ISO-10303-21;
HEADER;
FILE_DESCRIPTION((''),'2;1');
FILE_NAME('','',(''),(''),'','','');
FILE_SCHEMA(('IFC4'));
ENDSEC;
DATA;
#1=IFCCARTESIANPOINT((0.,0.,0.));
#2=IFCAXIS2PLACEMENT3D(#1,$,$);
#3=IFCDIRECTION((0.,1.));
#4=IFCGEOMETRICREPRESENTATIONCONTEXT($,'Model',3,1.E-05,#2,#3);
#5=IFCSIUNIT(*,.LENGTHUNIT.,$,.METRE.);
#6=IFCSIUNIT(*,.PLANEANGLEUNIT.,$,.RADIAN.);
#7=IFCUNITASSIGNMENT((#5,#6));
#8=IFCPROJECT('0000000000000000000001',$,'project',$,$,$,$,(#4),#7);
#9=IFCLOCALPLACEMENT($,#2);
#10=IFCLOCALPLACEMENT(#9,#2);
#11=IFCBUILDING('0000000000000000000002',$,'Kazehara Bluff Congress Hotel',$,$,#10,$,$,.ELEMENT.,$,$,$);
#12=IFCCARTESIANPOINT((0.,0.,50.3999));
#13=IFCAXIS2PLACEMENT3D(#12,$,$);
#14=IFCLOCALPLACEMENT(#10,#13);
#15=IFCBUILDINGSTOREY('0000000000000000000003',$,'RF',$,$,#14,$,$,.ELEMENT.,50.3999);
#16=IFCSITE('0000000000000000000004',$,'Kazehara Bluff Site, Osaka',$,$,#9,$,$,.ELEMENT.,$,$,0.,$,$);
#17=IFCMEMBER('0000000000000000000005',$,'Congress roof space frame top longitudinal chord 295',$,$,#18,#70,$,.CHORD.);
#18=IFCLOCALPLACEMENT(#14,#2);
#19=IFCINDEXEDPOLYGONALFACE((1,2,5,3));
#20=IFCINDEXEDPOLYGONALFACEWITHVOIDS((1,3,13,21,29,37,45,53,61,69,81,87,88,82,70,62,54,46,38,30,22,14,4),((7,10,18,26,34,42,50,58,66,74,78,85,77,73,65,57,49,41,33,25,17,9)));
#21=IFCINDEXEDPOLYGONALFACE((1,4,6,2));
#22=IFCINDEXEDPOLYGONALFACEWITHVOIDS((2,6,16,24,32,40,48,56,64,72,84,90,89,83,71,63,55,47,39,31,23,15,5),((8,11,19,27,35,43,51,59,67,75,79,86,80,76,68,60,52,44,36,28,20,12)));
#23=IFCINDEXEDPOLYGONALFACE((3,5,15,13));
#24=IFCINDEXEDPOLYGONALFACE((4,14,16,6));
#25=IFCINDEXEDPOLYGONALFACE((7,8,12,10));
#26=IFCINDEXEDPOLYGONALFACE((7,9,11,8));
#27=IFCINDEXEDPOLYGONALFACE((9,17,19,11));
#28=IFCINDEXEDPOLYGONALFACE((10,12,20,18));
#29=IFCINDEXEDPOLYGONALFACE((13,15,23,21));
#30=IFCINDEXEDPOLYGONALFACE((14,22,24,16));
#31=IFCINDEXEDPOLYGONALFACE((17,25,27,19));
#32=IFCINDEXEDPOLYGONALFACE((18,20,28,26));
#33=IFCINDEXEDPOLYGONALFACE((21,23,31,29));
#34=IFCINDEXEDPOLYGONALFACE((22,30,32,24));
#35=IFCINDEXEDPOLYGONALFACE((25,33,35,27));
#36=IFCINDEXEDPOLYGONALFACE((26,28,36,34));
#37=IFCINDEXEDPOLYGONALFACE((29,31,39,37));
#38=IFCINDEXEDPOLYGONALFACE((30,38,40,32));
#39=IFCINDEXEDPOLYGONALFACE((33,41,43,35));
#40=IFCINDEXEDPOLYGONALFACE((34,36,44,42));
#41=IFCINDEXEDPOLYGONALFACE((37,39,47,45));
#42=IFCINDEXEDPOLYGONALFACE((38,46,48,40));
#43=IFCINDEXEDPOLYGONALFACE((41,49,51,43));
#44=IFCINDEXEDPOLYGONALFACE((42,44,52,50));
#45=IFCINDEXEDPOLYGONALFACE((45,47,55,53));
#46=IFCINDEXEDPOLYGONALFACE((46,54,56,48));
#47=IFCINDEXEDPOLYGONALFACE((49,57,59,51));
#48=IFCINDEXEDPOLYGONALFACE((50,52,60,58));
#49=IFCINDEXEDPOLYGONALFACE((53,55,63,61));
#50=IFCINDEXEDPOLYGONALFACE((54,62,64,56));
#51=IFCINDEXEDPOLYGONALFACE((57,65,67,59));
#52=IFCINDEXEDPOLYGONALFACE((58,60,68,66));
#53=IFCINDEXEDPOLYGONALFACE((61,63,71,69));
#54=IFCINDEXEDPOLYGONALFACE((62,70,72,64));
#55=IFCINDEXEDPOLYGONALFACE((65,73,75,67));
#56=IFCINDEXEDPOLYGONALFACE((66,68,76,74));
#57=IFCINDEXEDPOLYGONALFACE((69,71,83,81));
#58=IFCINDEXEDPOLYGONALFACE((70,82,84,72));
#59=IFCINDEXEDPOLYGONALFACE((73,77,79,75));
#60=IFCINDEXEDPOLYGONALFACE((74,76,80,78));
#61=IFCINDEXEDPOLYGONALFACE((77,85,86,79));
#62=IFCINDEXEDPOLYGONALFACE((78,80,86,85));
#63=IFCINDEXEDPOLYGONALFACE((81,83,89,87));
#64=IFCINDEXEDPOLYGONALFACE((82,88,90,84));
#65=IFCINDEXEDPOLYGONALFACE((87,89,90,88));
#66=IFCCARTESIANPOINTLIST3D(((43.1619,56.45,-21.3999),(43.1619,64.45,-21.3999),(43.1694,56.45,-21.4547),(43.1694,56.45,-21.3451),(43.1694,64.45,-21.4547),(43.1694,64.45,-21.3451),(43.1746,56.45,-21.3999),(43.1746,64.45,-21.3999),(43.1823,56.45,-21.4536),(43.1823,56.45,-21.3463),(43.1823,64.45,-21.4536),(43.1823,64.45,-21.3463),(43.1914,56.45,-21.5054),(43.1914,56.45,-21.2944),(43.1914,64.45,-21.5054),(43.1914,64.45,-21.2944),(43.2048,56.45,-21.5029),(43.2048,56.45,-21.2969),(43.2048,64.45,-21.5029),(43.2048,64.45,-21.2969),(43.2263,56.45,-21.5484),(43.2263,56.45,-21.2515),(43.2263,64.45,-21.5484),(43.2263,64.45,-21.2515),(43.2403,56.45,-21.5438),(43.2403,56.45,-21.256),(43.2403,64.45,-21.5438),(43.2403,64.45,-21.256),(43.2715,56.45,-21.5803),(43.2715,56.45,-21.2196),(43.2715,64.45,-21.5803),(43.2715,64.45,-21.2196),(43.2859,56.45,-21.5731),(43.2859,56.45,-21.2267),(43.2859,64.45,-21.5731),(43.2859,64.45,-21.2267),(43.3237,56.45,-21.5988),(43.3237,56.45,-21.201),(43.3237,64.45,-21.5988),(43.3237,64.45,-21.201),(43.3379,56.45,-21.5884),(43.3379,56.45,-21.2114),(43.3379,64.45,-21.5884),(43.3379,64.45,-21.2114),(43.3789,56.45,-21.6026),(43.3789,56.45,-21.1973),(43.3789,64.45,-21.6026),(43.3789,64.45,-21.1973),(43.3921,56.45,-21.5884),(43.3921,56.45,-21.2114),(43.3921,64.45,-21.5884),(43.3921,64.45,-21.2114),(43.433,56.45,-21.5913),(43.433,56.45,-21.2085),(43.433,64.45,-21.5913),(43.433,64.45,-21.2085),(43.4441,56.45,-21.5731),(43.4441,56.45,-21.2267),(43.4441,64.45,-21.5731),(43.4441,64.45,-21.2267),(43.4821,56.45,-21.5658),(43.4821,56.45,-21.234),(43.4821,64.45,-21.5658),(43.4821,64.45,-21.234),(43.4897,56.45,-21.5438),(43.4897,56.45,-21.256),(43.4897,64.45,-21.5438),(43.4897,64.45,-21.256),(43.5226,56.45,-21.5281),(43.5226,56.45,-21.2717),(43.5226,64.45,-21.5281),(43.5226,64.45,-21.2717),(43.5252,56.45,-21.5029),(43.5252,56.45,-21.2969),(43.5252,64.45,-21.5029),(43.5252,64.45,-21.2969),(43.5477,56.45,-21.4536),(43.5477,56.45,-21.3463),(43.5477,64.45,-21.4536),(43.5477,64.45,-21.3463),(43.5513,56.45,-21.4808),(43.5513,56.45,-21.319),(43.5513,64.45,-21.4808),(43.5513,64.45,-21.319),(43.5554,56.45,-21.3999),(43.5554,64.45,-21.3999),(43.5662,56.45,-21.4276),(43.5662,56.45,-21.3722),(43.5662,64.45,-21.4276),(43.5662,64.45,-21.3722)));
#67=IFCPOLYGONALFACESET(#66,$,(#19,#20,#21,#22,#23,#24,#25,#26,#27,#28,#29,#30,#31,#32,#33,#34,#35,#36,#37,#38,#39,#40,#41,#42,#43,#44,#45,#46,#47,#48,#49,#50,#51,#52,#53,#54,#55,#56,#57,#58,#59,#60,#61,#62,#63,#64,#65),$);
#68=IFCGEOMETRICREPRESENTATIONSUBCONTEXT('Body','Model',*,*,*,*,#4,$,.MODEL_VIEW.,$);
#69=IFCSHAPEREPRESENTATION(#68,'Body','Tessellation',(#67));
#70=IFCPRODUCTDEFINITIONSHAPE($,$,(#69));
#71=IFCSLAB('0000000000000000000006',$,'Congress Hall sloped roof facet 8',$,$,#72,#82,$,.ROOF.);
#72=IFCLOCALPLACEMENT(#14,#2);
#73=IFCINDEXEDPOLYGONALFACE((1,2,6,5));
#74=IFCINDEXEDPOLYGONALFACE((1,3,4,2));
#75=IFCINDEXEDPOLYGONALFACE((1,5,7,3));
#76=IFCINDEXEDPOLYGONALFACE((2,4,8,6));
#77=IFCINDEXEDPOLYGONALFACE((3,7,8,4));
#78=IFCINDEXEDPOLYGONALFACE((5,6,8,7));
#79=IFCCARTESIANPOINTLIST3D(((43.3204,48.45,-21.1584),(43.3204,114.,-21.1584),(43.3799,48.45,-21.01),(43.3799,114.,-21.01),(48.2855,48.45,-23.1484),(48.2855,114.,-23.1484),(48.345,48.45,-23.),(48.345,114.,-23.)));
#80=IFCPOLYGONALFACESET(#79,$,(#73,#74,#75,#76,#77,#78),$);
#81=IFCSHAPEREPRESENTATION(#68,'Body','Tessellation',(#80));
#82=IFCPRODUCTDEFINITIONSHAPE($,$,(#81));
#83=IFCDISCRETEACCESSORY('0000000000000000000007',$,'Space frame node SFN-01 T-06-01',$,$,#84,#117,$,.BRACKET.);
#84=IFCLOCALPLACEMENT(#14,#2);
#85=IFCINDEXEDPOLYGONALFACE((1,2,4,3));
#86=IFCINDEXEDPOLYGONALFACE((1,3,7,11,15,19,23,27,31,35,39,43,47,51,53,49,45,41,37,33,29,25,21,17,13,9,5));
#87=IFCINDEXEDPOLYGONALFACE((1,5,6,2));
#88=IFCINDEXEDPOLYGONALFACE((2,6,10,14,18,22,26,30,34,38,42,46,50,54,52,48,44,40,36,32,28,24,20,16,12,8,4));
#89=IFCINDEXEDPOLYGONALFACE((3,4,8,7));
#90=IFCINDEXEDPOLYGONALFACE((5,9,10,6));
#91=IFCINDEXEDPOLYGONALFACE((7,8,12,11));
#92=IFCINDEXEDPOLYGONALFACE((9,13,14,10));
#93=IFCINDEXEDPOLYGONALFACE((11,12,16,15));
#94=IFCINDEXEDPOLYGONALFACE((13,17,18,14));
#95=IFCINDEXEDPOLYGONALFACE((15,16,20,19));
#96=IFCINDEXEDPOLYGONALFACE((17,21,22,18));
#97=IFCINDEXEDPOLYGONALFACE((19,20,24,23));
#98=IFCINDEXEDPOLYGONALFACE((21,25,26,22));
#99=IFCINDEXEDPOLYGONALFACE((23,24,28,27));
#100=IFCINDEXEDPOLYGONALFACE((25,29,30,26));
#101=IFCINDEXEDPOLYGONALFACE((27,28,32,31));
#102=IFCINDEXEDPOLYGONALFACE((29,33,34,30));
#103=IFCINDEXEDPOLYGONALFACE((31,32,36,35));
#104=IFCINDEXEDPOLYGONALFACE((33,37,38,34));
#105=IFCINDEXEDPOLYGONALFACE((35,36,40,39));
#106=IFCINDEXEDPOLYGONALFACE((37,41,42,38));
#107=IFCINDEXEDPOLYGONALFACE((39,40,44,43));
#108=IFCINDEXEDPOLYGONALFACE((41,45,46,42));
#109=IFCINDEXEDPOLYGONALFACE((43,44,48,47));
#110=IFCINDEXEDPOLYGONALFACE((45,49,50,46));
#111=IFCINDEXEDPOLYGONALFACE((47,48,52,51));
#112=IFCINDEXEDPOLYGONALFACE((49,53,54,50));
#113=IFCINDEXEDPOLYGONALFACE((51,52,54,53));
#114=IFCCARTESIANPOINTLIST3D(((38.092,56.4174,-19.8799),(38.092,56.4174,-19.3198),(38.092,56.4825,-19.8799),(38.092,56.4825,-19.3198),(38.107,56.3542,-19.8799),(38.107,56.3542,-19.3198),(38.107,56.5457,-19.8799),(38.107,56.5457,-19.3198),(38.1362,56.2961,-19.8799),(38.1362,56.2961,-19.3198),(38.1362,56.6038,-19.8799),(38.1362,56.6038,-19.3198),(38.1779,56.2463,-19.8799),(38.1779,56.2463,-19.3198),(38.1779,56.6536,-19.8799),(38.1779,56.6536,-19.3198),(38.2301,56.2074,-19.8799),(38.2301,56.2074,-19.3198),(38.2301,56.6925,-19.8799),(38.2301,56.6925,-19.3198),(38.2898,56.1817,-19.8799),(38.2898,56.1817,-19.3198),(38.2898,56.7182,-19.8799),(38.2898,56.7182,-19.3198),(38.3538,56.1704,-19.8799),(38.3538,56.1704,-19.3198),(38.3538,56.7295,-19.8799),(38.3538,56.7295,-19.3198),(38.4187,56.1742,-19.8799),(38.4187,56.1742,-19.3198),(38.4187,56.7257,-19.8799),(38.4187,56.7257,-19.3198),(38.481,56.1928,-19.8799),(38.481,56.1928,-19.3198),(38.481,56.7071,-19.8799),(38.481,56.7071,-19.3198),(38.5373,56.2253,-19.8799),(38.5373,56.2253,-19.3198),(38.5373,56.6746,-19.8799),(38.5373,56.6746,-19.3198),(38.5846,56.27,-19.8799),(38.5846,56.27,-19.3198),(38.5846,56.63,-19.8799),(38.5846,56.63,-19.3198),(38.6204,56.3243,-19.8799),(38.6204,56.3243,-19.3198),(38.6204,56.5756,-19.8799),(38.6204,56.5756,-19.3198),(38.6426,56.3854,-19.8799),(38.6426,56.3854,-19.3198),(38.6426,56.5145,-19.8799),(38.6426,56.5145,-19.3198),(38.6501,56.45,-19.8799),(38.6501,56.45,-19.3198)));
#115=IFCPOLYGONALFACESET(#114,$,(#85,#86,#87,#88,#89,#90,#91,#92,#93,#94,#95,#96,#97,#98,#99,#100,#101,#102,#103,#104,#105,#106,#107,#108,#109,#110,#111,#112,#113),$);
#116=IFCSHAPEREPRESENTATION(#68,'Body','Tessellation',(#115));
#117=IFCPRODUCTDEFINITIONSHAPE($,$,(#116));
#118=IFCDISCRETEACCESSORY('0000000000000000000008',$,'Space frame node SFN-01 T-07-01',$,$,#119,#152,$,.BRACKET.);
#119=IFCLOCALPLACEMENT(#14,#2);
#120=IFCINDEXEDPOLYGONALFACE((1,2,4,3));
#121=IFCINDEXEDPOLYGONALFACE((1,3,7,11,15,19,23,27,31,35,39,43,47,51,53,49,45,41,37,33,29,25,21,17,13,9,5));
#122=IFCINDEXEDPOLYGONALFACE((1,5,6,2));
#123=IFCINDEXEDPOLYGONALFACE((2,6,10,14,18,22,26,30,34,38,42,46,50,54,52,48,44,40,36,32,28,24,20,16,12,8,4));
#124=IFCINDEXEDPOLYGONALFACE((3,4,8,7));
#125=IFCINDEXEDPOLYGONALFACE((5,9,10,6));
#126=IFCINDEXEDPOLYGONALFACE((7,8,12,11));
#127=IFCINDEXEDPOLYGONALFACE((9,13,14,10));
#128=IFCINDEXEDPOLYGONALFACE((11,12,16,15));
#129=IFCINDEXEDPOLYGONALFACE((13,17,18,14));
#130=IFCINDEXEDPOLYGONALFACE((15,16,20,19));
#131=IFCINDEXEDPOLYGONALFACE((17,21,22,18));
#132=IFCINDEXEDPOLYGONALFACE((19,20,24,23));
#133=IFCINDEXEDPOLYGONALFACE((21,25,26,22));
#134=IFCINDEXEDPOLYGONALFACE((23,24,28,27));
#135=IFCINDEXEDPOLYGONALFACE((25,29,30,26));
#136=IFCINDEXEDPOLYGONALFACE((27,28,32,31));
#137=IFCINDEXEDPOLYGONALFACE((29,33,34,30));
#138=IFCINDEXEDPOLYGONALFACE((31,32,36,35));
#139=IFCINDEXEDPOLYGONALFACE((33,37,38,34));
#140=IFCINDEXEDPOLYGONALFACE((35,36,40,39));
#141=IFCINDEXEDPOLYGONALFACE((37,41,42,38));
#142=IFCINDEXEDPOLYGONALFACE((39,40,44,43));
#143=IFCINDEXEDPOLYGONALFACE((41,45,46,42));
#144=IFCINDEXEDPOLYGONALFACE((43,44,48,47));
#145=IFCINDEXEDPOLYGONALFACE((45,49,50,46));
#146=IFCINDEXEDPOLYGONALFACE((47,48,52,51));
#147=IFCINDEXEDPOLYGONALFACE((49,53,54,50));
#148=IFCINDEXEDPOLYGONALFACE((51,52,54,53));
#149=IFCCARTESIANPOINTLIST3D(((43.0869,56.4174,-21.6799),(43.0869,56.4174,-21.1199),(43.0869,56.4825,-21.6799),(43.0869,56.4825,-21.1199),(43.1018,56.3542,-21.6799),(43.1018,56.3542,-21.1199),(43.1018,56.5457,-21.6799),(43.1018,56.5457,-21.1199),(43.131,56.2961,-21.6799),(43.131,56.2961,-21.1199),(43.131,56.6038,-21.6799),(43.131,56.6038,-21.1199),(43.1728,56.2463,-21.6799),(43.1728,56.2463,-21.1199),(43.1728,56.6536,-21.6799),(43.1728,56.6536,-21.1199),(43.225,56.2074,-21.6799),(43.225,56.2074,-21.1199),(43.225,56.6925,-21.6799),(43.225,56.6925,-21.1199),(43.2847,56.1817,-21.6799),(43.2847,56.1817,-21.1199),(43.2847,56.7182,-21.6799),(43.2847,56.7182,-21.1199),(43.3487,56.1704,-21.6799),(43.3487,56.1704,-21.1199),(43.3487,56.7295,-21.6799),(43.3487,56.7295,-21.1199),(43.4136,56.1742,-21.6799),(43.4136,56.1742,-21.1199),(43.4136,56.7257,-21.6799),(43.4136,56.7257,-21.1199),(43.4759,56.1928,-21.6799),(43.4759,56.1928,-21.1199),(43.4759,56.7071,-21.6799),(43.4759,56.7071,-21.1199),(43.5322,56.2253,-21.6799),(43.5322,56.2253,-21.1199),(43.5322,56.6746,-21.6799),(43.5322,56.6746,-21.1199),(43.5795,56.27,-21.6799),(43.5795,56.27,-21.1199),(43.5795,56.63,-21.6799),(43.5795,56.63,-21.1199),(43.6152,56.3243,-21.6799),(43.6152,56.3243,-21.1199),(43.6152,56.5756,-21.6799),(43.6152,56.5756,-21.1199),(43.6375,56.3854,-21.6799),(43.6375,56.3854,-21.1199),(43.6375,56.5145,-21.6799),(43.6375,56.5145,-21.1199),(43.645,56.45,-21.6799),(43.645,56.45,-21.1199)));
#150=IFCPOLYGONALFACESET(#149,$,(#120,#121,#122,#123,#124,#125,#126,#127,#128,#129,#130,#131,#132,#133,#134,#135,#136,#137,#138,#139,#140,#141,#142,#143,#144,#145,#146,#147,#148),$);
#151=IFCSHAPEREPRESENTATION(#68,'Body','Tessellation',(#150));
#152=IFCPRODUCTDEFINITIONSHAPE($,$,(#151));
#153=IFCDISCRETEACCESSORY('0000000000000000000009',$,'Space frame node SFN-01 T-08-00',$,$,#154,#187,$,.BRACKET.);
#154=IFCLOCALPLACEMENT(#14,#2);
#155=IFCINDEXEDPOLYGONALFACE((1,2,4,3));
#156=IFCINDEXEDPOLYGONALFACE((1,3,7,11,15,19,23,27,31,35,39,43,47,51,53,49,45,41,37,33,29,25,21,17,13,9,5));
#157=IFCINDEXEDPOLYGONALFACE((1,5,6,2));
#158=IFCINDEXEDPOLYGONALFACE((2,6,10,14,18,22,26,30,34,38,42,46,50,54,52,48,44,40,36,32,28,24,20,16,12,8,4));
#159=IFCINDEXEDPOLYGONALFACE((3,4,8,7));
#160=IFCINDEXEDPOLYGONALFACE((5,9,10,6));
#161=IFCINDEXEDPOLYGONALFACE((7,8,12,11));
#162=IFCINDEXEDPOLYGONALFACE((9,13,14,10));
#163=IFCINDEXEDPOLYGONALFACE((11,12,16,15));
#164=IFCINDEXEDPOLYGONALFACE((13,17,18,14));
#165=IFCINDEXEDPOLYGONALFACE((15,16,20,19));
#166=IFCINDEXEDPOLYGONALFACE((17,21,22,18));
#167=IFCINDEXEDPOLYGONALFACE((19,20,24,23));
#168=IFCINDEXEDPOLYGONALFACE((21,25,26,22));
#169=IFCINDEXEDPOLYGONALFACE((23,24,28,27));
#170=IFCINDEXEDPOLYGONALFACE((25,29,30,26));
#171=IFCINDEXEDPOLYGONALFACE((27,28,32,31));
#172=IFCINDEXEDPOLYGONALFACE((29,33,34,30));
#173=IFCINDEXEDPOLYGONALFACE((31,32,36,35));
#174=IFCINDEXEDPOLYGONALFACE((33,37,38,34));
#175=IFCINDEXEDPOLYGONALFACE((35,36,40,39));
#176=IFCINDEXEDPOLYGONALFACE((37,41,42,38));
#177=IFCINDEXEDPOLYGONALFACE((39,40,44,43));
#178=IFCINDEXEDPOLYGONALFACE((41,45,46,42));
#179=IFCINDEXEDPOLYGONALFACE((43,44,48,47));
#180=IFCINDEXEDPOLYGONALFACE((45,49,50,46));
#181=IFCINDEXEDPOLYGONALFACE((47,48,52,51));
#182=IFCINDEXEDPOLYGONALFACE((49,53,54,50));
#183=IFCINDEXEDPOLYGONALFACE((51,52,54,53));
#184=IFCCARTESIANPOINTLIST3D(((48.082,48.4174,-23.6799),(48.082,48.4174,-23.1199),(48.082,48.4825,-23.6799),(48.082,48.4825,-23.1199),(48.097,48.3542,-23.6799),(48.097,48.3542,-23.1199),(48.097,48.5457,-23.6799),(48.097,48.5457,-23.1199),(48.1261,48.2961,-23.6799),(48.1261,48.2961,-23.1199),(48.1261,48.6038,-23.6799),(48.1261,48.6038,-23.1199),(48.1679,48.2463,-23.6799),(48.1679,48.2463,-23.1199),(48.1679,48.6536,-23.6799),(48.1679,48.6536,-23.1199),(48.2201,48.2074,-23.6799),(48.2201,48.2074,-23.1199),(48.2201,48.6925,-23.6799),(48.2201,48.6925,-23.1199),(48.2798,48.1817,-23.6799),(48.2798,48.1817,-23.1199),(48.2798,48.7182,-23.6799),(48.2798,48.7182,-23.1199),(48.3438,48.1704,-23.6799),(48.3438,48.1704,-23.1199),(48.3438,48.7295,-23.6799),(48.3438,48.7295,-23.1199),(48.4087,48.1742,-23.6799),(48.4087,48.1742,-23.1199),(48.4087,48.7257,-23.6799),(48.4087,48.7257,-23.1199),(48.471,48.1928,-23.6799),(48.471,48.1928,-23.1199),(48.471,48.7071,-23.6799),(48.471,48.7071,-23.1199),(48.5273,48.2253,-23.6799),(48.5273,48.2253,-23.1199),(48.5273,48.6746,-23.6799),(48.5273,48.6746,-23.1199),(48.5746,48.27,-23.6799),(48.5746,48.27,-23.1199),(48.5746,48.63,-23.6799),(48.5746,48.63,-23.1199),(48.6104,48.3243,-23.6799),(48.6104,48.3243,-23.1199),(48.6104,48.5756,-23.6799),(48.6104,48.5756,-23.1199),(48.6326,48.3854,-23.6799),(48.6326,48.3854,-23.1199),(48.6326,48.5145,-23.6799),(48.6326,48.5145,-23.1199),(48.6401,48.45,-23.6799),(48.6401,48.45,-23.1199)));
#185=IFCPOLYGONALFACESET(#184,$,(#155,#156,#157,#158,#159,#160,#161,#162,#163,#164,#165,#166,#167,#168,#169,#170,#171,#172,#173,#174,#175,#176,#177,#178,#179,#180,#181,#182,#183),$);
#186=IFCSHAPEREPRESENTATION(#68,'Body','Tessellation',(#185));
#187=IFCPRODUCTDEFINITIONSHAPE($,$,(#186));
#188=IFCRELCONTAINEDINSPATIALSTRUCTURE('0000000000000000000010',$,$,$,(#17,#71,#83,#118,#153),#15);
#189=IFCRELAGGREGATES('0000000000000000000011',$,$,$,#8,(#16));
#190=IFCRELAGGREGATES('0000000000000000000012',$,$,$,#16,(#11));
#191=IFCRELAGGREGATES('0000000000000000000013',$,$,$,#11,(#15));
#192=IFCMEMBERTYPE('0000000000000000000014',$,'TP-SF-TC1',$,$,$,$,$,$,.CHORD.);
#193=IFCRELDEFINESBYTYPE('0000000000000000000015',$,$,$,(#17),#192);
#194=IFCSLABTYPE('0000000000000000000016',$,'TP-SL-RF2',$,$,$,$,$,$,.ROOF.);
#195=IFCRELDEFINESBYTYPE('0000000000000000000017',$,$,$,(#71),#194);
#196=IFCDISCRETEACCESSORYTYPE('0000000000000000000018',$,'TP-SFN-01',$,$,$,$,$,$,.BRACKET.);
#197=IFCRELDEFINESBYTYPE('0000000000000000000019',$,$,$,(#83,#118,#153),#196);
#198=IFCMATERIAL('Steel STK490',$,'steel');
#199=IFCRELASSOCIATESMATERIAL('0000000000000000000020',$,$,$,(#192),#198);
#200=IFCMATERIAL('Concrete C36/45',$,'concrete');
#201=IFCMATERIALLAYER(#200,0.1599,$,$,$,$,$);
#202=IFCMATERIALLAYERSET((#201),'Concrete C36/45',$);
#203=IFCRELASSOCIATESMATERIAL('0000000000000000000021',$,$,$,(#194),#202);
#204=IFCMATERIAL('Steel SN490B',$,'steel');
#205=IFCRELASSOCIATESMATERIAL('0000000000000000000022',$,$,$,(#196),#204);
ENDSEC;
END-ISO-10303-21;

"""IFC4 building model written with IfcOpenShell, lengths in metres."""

from ifc_helpers import new_model, si_unit, direction, frame, origin, origin_2d, place, context, subcontext, project, spatial, polyline, circle, hollow_circle, outline, extrude, material, layer, layer_set, material_profile, profile_set, type_object, element, save


model = new_model("IFC4")

# Units and contexts
model_context = context("Model", 3, precision=1e-05, world=origin(), true_north=direction((0.0, 1.0)))
body_context = subcontext(model_context, "Body", "Model", "MODEL_VIEW")
ifc_project = project(units=[si_unit("LENGTHUNIT", "METRE"), si_unit("PLANEANGLEUNIT", "RADIAN")], contexts=[model_context])

# Site, building, storey
site_placement = place(None, origin())
site = spatial("IfcSite", under=ifc_project, at=site_placement, Name="Kazehara Bluff Site, Osaka", CompositionType="ELEMENT", RefElevation=0.0)
building_placement = place(site_placement, origin())
building = spatial("IfcBuilding", under=site, at=building_placement, Name="Kazehara Bluff Congress Hotel", CompositionType="ELEMENT")
storey_placement = place(building_placement, frame((0.0, 0.0, 50.3999)))
storey = spatial("IfcBuildingStorey", under=building, at=storey_placement, Name="RF", CompositionType="ELEMENT", Elevation=50.3999)

# Member
ifc_material_1 = material(Name="Steel STK490", Category="steel")
ifc_material_profile_1 = material_profile(ifc_material_1, hollow_circle(Radius=0.2031, WallThickness=0.0127, at=origin_2d()))
ifc_profile_set_1 = profile_set([ifc_material_profile_1], Name="Steel STK490")
member_type_1 = type_object("IfcMemberType", Name="TP-SF-TC1", PredefinedType="CHORD", material=ifc_profile_set_1)
for number, where, z_axis, x_axis, name in (
    (1, (43.365, 56.45, -21.3999), (0.0, 1.0, 0.0), (-1.0, 0.0, 0.0), "Congress roof space frame top longitudinal chord 295"),
):
    element("IfcMember", number, at=place(storey_placement, frame(where, z_axis=z_axis, x_axis=x_axis)), inside=storey, type_object=member_type_1, Name=name, PredefinedType="CHORD", context=body_context, shape_type="SweptSolid", body=[
        extrude(hollow_circle(Radius=0.2031, WallThickness=0.0127, at=origin_2d()), origin(), (0.0, 0.0, 1.0), 8.0),
    ])

# Slab
ifc_material_2 = material(Name="Concrete C36/45", Category="concrete")
ifc_layer = layer(ifc_material_2, 0.1599)
ifc_layer_set = layer_set([ifc_layer], Name="Concrete C36/45")
slab_type = type_object("IfcSlabType", Name="TP-SL-RF2", PredefinedType="ROOF", material=ifc_layer_set)
slab_placement = place(storey_placement, frame((43.3799, 48.45, -21.01), z_axis=(0.372028, 0.0, 0.928222), x_axis=(0.928222, 0.0, -0.372028)))
element("IfcSlab", 2, at=slab_placement, inside=storey, type_object=slab_type, Name="Congress Hall sloped roof facet 8", PredefinedType="ROOF", context=body_context, shape_type="SweptSolid", body=[
    extrude(outline(polyline([(0.0, 0.0), (5.349, 0.0), (5.349, 65.55), (0.0, 65.55), (0.0, 0.0)])), origin(), (0.0, 0.0, -1.0), 0.1599),
])

# Discrete accessories
ifc_material_3 = material(Name="Steel SN490B", Category="steel")
ifc_material_profile_2 = material_profile(ifc_material_3, circle(Radius=0.28, at=origin_2d()))
ifc_profile_set_2 = profile_set([ifc_material_profile_2], Name="Steel SN490B")
discrete_accessory_type_1 = type_object("IfcDiscreteAccessoryType", Name="TP-SFN-01", PredefinedType="BRACKET", material=ifc_profile_set_2)
for number, where, z_axis, x_axis, name in (
    (3, (38.3701, 56.45, -19.8799), (0.0, 0.0, 1.0), (1.0, 0.0, 0.0), "Space frame node SFN-01 T-06-01"),
    (4, (43.365, 56.45, -21.6799), (0.0, 0.0, 1.0), (1.0, 0.0, 0.0), "Space frame node SFN-01 T-07-01"),
    (5, (48.3601, 48.45, -23.6799), (0.0, 0.0, 1.0), (1.0, 0.0, 0.0), "Space frame node SFN-01 T-08-00"),
):
    element("IfcDiscreteAccessory", number, at=place(storey_placement, frame(where, z_axis=z_axis, x_axis=x_axis)), inside=storey, type_object=discrete_accessory_type_1, Name=name, PredefinedType="BRACKET", context=body_context, shape_type="SweptSolid", body=[
        extrude(circle(Radius=0.28, at=origin_2d()), origin(), (0.0, 0.0, 1.0), 0.5601),
    ])

save(model, "model.ifc")
